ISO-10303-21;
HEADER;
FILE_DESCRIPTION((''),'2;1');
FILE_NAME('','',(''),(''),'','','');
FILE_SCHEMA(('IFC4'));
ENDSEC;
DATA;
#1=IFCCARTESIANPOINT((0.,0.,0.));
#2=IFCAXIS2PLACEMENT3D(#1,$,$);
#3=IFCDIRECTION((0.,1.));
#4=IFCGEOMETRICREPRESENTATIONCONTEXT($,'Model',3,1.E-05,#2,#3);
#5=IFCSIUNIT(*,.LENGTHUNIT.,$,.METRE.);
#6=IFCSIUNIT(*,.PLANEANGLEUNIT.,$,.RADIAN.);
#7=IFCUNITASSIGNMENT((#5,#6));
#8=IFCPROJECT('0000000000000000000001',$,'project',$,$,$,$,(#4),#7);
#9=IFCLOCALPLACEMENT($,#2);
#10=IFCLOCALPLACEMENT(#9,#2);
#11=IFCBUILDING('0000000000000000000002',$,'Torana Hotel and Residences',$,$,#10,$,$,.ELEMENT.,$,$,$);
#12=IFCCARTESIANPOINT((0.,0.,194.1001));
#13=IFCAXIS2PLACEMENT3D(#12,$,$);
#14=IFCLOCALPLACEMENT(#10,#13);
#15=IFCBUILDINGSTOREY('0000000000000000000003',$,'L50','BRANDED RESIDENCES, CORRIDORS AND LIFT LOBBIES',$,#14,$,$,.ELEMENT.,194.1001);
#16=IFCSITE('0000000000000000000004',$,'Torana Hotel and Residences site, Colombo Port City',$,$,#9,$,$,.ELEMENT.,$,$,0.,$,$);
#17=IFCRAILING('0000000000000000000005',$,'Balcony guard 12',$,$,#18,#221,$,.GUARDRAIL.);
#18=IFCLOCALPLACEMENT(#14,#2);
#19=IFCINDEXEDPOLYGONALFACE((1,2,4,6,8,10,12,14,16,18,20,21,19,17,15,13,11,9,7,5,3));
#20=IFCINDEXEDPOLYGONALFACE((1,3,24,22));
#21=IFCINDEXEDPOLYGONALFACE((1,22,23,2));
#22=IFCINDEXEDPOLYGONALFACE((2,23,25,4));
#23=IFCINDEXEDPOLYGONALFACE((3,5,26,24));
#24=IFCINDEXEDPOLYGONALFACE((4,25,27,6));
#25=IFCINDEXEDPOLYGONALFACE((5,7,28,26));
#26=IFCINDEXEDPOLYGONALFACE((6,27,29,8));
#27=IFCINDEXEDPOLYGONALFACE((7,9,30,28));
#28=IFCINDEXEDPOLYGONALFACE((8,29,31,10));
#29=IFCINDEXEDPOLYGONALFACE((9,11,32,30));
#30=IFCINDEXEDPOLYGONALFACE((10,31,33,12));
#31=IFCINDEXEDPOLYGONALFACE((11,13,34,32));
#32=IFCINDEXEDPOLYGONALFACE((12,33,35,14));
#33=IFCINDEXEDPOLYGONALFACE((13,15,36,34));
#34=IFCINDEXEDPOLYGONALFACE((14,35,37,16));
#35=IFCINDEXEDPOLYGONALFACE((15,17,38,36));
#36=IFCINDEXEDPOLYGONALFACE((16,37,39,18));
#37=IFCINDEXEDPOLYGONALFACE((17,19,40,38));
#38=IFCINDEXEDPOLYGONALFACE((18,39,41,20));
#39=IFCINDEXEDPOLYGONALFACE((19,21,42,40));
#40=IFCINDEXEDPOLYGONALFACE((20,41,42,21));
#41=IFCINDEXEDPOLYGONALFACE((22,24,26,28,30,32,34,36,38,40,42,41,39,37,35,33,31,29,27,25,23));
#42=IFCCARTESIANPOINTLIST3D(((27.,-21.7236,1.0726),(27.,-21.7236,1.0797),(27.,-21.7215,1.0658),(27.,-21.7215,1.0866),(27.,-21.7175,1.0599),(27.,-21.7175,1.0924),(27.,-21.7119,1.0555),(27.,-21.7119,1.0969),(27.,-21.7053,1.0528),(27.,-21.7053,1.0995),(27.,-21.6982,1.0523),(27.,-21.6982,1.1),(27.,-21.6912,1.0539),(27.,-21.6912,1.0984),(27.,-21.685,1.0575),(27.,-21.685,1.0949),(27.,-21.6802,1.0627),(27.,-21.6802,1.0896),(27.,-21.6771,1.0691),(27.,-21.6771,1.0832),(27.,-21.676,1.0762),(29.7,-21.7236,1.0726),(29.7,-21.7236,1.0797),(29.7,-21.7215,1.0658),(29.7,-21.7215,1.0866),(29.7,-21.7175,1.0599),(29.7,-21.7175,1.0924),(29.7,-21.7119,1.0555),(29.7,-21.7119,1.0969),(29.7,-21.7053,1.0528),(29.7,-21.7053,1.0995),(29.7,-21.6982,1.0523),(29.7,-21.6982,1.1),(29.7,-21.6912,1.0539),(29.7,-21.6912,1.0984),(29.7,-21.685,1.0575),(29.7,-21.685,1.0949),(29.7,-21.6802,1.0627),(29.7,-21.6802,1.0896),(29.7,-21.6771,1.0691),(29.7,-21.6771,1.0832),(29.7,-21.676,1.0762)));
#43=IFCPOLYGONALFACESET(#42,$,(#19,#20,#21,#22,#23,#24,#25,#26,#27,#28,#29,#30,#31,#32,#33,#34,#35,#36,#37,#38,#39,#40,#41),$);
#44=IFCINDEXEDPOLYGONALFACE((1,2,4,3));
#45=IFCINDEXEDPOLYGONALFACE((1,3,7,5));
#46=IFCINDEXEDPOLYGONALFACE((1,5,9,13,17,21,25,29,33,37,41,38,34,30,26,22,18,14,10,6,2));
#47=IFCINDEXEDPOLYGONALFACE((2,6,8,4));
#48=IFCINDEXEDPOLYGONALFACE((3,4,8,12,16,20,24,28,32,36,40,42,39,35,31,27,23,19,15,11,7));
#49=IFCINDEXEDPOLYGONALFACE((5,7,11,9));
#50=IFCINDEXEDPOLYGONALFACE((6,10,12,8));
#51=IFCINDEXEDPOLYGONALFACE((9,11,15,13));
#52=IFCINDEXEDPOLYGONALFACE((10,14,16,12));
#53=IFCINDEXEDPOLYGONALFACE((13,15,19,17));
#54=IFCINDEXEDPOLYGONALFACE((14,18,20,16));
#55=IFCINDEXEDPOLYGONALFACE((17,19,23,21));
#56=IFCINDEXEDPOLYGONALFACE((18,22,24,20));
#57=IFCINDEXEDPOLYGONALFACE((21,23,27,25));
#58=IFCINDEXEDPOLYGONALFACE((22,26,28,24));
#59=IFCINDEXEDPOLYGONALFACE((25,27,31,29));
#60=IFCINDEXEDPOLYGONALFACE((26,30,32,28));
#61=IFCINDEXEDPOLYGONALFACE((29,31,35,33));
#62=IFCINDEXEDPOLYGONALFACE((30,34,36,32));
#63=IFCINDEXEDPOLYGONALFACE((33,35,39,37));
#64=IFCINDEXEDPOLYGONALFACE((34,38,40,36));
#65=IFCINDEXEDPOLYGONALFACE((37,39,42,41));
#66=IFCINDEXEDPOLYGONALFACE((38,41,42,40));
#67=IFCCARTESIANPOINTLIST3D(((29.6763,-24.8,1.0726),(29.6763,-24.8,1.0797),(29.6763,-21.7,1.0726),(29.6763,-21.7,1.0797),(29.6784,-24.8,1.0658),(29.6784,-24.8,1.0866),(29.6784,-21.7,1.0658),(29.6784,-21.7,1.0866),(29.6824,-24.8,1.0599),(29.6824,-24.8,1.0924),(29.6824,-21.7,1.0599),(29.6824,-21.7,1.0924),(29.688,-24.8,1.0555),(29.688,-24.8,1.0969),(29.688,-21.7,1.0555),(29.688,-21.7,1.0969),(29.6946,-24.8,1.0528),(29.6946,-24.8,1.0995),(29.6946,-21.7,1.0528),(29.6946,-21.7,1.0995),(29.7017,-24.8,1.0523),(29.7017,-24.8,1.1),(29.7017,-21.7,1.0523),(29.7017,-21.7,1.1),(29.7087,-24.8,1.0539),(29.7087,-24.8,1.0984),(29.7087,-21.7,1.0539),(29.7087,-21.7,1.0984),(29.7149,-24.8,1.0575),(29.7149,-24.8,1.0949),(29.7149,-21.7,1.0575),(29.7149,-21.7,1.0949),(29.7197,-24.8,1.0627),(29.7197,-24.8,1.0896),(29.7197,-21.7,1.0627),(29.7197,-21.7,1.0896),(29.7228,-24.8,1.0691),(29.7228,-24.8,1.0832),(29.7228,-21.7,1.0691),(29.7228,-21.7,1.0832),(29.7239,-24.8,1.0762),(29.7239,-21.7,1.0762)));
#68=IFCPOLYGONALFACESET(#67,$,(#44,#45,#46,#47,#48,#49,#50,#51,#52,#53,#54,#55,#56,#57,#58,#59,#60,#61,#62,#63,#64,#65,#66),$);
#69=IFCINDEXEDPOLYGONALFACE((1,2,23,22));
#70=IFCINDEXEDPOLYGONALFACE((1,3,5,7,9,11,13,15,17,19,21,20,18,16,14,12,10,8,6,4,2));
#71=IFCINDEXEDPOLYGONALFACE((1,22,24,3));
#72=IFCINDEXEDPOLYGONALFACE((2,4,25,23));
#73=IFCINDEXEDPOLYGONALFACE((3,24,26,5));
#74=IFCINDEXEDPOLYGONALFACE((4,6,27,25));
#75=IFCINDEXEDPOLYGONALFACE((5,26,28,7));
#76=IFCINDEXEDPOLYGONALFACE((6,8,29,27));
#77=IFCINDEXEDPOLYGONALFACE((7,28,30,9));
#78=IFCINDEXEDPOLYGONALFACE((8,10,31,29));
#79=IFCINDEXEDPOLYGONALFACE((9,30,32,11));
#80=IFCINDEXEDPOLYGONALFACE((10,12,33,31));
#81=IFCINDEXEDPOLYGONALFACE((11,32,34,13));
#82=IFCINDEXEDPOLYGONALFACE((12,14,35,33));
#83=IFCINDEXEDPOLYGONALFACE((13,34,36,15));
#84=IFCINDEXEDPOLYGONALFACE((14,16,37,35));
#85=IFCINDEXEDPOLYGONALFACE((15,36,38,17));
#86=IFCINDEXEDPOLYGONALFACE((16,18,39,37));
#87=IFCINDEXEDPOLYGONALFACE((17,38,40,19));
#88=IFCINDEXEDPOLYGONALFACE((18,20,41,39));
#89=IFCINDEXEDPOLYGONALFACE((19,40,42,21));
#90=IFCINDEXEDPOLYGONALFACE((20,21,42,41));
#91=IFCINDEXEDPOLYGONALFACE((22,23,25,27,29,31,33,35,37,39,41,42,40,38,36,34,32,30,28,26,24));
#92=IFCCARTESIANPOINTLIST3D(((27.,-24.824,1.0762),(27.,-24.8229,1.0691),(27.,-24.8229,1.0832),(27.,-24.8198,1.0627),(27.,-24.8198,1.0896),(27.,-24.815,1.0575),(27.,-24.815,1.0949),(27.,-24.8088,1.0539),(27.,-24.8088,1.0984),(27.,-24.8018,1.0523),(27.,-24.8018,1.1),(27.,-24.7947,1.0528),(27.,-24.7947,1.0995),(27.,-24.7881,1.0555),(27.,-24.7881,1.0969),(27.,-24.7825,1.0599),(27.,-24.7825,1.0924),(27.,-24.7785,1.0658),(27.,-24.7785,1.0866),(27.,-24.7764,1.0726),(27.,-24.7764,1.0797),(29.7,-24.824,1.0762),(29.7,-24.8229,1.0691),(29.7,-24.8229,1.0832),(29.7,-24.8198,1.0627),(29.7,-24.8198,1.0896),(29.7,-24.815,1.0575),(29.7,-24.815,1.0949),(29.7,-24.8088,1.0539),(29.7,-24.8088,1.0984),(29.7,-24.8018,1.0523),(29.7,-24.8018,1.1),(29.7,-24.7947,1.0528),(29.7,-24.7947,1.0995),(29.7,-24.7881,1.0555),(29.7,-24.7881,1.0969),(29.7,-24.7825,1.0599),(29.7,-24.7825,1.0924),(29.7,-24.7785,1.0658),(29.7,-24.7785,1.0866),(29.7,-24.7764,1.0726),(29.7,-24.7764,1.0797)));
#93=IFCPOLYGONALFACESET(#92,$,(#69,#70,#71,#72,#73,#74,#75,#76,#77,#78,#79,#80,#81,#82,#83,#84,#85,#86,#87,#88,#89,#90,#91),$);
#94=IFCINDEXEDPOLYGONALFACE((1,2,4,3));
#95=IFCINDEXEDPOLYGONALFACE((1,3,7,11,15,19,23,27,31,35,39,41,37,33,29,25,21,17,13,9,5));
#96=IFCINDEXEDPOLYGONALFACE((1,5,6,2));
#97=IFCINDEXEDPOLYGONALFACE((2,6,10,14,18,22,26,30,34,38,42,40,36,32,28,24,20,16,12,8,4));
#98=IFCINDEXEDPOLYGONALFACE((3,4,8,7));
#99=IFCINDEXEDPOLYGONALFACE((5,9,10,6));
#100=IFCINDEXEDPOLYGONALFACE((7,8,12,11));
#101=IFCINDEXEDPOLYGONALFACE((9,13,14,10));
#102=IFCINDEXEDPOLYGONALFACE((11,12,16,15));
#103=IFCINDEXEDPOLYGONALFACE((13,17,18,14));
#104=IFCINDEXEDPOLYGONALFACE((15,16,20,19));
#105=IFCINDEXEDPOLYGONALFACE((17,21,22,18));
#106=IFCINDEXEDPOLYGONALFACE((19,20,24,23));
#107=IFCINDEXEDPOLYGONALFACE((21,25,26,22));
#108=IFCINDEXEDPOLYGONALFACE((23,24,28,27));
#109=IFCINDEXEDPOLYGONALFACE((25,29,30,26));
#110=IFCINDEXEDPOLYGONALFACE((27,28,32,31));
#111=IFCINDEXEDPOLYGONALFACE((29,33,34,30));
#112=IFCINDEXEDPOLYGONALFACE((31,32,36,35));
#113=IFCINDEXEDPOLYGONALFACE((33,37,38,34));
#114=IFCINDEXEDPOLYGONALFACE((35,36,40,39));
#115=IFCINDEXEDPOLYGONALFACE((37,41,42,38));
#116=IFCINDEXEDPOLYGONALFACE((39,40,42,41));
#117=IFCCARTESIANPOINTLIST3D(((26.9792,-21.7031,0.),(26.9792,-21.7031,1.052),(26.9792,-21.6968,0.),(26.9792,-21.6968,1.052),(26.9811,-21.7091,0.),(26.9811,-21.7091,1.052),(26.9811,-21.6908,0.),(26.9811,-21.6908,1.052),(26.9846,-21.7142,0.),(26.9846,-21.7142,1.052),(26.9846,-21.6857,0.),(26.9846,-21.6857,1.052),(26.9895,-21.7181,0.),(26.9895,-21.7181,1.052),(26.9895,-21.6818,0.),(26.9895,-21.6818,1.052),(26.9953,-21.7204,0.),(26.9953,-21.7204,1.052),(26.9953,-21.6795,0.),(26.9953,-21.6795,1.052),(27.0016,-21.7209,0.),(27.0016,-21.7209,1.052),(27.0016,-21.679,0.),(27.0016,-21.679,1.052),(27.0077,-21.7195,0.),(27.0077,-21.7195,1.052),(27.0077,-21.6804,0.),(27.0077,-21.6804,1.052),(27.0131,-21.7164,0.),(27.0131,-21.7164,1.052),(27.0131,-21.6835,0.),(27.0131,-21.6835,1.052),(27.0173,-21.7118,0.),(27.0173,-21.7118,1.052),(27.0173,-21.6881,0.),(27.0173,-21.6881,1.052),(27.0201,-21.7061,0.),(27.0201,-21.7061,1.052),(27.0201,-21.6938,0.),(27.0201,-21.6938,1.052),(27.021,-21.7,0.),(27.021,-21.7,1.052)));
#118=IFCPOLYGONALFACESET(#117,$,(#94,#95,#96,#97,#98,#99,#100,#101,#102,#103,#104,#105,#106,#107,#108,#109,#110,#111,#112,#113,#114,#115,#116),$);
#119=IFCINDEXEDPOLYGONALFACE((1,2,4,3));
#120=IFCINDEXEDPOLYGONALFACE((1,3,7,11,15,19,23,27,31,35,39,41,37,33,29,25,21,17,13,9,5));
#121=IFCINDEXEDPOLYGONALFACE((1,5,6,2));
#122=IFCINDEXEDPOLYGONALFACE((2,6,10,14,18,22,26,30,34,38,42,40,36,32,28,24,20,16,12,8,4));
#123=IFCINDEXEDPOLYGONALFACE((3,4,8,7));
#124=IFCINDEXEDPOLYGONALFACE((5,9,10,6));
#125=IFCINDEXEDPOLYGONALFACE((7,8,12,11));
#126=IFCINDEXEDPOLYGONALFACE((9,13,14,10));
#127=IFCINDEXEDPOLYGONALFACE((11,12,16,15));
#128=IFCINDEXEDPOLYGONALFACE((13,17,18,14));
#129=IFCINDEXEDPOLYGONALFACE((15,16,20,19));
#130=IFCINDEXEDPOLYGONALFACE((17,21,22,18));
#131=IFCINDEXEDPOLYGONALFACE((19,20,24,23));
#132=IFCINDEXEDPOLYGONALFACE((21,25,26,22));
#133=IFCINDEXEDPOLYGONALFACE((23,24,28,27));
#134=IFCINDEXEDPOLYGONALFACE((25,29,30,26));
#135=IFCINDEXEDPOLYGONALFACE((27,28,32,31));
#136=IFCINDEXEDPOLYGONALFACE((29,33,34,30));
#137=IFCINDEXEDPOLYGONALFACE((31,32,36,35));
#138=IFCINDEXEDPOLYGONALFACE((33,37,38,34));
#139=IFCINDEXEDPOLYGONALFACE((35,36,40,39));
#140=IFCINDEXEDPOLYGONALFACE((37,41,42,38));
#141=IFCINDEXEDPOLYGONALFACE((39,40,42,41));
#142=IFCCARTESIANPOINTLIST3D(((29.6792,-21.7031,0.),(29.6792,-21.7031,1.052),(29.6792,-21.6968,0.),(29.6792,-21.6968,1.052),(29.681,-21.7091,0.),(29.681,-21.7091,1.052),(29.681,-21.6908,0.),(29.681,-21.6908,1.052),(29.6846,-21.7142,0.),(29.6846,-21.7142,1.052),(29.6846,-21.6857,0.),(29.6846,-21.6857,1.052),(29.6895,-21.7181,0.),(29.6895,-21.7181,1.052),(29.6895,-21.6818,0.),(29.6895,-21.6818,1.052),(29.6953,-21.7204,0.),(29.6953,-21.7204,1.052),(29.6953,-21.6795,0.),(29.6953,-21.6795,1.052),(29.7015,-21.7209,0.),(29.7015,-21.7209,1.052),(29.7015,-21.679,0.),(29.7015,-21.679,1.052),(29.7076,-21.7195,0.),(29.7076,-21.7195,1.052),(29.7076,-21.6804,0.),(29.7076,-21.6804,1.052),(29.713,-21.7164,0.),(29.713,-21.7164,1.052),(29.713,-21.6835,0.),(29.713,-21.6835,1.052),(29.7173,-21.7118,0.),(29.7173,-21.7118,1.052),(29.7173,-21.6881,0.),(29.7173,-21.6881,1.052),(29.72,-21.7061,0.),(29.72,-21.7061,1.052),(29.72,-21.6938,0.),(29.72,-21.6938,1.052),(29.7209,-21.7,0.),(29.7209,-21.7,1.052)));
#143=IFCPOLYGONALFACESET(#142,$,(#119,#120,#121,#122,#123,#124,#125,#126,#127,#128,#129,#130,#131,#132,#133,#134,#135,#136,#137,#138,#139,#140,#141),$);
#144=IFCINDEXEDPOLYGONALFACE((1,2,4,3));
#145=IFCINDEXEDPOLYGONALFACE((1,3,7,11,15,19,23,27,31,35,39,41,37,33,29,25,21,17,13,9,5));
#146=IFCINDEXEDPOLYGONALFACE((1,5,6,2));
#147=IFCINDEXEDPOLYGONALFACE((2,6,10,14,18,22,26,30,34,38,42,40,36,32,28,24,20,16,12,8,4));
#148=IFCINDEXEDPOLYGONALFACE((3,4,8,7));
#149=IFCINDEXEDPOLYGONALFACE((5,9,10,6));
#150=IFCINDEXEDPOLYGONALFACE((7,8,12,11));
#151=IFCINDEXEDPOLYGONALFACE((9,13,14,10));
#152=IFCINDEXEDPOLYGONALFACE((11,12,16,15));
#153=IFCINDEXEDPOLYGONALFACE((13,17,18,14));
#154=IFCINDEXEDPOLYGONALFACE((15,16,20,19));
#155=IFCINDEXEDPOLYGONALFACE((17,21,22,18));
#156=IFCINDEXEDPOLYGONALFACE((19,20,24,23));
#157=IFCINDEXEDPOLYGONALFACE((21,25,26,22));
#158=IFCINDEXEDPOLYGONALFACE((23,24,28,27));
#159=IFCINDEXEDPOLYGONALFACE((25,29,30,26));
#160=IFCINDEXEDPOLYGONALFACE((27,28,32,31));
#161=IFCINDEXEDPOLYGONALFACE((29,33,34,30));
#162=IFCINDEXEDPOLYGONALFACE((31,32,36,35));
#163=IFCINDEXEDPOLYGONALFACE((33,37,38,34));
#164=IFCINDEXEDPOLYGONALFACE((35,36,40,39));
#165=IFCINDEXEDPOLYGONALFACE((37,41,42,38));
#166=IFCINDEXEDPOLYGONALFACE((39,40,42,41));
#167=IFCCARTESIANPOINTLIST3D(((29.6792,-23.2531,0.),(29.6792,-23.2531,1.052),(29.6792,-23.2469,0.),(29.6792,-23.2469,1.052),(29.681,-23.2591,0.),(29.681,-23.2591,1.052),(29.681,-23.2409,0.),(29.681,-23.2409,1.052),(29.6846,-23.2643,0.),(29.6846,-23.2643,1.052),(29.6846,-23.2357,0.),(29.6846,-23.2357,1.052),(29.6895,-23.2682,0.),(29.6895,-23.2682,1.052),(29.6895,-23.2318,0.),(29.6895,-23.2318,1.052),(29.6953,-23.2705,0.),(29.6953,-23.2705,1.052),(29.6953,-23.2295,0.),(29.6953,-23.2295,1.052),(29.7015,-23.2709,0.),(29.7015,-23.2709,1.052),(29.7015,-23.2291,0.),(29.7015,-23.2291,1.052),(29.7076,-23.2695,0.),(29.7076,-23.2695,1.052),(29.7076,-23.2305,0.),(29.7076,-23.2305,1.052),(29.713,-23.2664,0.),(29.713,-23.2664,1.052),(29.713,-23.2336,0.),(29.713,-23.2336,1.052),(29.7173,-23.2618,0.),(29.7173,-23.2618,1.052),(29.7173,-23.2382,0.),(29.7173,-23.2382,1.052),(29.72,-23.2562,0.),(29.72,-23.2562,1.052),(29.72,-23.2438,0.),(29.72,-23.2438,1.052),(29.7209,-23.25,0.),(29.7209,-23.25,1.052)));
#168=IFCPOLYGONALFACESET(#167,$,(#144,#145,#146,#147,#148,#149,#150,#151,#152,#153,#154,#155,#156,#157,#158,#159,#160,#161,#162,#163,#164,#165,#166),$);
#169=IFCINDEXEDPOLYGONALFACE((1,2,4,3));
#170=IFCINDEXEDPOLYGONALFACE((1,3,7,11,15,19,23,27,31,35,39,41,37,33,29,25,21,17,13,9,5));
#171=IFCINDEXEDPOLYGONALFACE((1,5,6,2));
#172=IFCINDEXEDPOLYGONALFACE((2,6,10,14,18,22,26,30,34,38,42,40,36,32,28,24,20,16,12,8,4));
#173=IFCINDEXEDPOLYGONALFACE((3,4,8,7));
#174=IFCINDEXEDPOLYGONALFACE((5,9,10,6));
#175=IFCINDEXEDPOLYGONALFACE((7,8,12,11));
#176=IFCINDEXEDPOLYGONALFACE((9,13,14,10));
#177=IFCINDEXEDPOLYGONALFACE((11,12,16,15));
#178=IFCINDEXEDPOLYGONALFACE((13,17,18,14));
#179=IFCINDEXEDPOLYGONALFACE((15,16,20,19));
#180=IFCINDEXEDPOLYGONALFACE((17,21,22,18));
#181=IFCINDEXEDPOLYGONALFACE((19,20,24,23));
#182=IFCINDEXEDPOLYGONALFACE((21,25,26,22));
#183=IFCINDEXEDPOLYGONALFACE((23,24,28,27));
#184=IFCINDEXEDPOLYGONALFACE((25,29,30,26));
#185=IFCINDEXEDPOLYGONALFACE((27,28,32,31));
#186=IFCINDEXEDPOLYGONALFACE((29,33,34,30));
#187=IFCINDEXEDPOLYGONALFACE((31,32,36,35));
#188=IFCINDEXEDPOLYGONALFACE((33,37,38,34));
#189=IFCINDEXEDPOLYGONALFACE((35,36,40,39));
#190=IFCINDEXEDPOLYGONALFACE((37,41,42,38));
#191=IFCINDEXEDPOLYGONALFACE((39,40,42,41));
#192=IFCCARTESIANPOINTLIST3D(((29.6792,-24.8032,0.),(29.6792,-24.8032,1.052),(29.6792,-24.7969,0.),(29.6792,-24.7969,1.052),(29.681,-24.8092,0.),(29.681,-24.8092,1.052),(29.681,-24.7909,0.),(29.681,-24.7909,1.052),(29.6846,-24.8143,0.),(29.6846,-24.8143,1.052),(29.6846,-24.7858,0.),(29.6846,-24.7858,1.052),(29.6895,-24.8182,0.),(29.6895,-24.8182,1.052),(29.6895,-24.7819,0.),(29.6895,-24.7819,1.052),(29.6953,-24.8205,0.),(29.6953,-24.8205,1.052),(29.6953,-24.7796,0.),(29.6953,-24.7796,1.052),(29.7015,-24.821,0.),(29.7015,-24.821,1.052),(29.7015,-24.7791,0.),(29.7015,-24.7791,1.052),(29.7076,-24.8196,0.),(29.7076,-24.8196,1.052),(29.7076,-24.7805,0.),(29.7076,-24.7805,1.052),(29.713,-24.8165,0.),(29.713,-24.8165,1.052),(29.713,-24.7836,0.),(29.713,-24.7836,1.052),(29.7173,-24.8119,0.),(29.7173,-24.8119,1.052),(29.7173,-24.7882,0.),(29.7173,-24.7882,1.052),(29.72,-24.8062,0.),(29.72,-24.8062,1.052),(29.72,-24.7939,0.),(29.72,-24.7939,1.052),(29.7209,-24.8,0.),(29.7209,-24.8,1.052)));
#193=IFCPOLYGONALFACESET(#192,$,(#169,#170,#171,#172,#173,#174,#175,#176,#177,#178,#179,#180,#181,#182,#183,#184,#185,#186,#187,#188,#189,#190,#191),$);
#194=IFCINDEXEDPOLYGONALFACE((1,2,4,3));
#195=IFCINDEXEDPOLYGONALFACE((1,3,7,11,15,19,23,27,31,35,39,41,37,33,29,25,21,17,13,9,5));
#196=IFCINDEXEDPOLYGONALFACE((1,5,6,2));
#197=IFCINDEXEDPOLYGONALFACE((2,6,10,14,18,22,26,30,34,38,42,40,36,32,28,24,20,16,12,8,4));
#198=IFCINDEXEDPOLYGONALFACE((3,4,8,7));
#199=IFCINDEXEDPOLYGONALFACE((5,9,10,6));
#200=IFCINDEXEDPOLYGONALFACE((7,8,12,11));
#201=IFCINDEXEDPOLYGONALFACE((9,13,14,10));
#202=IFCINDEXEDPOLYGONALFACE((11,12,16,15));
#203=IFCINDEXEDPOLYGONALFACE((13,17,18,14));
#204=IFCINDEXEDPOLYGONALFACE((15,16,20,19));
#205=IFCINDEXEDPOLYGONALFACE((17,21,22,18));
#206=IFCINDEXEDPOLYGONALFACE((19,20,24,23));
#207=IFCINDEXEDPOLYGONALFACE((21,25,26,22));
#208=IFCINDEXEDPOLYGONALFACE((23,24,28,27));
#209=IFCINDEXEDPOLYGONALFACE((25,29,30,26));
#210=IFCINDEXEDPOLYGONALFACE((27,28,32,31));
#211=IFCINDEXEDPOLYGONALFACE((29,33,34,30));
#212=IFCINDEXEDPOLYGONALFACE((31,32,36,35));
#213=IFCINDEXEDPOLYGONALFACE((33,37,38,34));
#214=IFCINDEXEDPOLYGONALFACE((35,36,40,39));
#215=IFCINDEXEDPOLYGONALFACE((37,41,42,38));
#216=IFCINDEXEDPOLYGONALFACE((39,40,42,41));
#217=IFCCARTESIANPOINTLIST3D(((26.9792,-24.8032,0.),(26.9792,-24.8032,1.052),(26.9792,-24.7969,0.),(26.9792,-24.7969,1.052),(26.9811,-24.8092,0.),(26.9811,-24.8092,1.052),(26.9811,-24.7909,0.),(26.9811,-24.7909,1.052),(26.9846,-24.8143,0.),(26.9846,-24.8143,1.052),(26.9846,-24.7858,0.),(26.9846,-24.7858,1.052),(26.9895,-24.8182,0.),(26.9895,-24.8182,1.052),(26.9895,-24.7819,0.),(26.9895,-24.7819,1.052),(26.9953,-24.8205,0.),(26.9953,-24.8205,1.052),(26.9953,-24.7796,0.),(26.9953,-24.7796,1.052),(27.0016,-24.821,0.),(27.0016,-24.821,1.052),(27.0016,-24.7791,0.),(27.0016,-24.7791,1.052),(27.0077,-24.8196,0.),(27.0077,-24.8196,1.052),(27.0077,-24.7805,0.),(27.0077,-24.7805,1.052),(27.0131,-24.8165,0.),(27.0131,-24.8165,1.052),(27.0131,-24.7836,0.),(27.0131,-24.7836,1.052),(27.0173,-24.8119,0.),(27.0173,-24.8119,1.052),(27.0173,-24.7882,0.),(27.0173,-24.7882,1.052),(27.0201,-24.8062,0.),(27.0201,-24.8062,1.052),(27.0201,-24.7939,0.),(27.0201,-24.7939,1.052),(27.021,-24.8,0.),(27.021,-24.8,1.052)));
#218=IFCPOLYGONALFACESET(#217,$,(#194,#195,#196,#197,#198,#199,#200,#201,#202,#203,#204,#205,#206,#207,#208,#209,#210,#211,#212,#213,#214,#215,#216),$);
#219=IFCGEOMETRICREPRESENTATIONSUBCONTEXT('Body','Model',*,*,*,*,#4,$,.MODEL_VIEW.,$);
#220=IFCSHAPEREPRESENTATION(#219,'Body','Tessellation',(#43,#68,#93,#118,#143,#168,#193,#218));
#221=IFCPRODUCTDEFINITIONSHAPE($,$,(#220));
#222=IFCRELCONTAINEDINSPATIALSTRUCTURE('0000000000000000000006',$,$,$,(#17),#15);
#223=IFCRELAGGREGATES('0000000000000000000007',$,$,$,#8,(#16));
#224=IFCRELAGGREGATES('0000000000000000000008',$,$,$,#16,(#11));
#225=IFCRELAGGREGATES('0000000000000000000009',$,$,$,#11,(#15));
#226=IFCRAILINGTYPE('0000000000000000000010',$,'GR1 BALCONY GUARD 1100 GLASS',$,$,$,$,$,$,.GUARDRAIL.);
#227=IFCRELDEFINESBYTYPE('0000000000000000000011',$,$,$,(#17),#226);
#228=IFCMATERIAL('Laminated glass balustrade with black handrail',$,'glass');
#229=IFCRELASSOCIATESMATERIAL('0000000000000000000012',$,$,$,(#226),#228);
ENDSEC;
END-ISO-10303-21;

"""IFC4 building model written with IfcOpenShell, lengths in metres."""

from ifc_helpers import new_model, si_unit, direction, frame, origin, origin_2d, place, context, subcontext, project, spatial, circle, extrude, material, type_object, element, save


model = new_model("IFC4")

# Units and contexts
model_context = context("Model", 3, precision=1e-05, world=origin(), true_north=direction((0.0, 1.0)))
body_context = subcontext(model_context, "Body", "Model", "MODEL_VIEW")
ifc_project = project(units=[si_unit("LENGTHUNIT", "METRE"), si_unit("PLANEANGLEUNIT", "RADIAN")], contexts=[model_context])

# Site, building, storey
site_placement = place(None, origin())
site = spatial("IfcSite", under=ifc_project, at=site_placement, Name="Torana Hotel and Residences site, Colombo Port City", CompositionType="ELEMENT", RefElevation=0.0)
building_placement = place(site_placement, origin())
building = spatial("IfcBuilding", under=site, at=building_placement, Name="Torana Hotel and Residences", CompositionType="ELEMENT")
storey_placement = place(building_placement, frame((0.0, 0.0, 194.1001)))
storey = spatial("IfcBuildingStorey", under=building, at=storey_placement, Name="L50", Description="BRANDED RESIDENCES, CORRIDORS AND LIFT LOBBIES", CompositionType="ELEMENT", Elevation=194.1001)

# Railing
ifc_material_1 = material(Name="Laminated glass balustrade with black handrail", Category="glass")
railing_type = type_object("IfcRailingType", Name="GR1 BALCONY GUARD 1100 GLASS", PredefinedType="GUARDRAIL", material=ifc_material_1)
railing_1_placement = place(storey_placement, frame((27.0, -21.7, 0.0)))
element("IfcRailing", 1, at=railing_1_placement, inside=storey, type_object=railing_type, Name="Balcony guard 12", PredefinedType="GUARDRAIL", context=body_context, shape_type="SweptSolid", body=[
    extrude(circle(Radius=0.0239, at=origin_2d()), frame((0.0, 0.0, 1.0762), z_axis=(1.0, 0.0, 0.0), x_axis=(0.0, 1.0, 0.0)), (0.0, 0.0, 1.0), 2.7),
    extrude(circle(Radius=0.0239, at=origin_2d()), frame((2.7, 0.0, 1.0762), z_axis=(0.0, -1.0, 0.0), x_axis=(1.0, 0.0, 0.0)), (0.0, 0.0, 1.0), 3.1001),
    extrude(circle(Radius=0.0239, at=origin_2d()), frame((2.7, -3.1001, 1.0762), z_axis=(-1.0, 0.0, 0.0), x_axis=(0.0, -1.0, 0.0)), (0.0, 0.0, 1.0), 2.7),
    extrude(circle(Radius=0.021, at=origin_2d()), origin(), (0.0, 0.0, 1.0), 1.052),
    extrude(circle(Radius=0.021, at=origin_2d()), frame((2.7, 0.0, 0.0)), (0.0, 0.0, 1.0), 1.052),
    extrude(circle(Radius=0.021, at=origin_2d()), frame((2.7, -1.55, 0.0)), (0.0, 0.0, 1.0), 1.052),
    extrude(circle(Radius=0.021, at=origin_2d()), frame((2.7, -3.1001, 0.0)), (0.0, 0.0, 1.0), 1.052),
    extrude(circle(Radius=0.021, at=origin_2d()), frame((0.0, -3.1001, 0.0)), (0.0, 0.0, 1.0), 1.052),
])

save(model, "model.ifc")
